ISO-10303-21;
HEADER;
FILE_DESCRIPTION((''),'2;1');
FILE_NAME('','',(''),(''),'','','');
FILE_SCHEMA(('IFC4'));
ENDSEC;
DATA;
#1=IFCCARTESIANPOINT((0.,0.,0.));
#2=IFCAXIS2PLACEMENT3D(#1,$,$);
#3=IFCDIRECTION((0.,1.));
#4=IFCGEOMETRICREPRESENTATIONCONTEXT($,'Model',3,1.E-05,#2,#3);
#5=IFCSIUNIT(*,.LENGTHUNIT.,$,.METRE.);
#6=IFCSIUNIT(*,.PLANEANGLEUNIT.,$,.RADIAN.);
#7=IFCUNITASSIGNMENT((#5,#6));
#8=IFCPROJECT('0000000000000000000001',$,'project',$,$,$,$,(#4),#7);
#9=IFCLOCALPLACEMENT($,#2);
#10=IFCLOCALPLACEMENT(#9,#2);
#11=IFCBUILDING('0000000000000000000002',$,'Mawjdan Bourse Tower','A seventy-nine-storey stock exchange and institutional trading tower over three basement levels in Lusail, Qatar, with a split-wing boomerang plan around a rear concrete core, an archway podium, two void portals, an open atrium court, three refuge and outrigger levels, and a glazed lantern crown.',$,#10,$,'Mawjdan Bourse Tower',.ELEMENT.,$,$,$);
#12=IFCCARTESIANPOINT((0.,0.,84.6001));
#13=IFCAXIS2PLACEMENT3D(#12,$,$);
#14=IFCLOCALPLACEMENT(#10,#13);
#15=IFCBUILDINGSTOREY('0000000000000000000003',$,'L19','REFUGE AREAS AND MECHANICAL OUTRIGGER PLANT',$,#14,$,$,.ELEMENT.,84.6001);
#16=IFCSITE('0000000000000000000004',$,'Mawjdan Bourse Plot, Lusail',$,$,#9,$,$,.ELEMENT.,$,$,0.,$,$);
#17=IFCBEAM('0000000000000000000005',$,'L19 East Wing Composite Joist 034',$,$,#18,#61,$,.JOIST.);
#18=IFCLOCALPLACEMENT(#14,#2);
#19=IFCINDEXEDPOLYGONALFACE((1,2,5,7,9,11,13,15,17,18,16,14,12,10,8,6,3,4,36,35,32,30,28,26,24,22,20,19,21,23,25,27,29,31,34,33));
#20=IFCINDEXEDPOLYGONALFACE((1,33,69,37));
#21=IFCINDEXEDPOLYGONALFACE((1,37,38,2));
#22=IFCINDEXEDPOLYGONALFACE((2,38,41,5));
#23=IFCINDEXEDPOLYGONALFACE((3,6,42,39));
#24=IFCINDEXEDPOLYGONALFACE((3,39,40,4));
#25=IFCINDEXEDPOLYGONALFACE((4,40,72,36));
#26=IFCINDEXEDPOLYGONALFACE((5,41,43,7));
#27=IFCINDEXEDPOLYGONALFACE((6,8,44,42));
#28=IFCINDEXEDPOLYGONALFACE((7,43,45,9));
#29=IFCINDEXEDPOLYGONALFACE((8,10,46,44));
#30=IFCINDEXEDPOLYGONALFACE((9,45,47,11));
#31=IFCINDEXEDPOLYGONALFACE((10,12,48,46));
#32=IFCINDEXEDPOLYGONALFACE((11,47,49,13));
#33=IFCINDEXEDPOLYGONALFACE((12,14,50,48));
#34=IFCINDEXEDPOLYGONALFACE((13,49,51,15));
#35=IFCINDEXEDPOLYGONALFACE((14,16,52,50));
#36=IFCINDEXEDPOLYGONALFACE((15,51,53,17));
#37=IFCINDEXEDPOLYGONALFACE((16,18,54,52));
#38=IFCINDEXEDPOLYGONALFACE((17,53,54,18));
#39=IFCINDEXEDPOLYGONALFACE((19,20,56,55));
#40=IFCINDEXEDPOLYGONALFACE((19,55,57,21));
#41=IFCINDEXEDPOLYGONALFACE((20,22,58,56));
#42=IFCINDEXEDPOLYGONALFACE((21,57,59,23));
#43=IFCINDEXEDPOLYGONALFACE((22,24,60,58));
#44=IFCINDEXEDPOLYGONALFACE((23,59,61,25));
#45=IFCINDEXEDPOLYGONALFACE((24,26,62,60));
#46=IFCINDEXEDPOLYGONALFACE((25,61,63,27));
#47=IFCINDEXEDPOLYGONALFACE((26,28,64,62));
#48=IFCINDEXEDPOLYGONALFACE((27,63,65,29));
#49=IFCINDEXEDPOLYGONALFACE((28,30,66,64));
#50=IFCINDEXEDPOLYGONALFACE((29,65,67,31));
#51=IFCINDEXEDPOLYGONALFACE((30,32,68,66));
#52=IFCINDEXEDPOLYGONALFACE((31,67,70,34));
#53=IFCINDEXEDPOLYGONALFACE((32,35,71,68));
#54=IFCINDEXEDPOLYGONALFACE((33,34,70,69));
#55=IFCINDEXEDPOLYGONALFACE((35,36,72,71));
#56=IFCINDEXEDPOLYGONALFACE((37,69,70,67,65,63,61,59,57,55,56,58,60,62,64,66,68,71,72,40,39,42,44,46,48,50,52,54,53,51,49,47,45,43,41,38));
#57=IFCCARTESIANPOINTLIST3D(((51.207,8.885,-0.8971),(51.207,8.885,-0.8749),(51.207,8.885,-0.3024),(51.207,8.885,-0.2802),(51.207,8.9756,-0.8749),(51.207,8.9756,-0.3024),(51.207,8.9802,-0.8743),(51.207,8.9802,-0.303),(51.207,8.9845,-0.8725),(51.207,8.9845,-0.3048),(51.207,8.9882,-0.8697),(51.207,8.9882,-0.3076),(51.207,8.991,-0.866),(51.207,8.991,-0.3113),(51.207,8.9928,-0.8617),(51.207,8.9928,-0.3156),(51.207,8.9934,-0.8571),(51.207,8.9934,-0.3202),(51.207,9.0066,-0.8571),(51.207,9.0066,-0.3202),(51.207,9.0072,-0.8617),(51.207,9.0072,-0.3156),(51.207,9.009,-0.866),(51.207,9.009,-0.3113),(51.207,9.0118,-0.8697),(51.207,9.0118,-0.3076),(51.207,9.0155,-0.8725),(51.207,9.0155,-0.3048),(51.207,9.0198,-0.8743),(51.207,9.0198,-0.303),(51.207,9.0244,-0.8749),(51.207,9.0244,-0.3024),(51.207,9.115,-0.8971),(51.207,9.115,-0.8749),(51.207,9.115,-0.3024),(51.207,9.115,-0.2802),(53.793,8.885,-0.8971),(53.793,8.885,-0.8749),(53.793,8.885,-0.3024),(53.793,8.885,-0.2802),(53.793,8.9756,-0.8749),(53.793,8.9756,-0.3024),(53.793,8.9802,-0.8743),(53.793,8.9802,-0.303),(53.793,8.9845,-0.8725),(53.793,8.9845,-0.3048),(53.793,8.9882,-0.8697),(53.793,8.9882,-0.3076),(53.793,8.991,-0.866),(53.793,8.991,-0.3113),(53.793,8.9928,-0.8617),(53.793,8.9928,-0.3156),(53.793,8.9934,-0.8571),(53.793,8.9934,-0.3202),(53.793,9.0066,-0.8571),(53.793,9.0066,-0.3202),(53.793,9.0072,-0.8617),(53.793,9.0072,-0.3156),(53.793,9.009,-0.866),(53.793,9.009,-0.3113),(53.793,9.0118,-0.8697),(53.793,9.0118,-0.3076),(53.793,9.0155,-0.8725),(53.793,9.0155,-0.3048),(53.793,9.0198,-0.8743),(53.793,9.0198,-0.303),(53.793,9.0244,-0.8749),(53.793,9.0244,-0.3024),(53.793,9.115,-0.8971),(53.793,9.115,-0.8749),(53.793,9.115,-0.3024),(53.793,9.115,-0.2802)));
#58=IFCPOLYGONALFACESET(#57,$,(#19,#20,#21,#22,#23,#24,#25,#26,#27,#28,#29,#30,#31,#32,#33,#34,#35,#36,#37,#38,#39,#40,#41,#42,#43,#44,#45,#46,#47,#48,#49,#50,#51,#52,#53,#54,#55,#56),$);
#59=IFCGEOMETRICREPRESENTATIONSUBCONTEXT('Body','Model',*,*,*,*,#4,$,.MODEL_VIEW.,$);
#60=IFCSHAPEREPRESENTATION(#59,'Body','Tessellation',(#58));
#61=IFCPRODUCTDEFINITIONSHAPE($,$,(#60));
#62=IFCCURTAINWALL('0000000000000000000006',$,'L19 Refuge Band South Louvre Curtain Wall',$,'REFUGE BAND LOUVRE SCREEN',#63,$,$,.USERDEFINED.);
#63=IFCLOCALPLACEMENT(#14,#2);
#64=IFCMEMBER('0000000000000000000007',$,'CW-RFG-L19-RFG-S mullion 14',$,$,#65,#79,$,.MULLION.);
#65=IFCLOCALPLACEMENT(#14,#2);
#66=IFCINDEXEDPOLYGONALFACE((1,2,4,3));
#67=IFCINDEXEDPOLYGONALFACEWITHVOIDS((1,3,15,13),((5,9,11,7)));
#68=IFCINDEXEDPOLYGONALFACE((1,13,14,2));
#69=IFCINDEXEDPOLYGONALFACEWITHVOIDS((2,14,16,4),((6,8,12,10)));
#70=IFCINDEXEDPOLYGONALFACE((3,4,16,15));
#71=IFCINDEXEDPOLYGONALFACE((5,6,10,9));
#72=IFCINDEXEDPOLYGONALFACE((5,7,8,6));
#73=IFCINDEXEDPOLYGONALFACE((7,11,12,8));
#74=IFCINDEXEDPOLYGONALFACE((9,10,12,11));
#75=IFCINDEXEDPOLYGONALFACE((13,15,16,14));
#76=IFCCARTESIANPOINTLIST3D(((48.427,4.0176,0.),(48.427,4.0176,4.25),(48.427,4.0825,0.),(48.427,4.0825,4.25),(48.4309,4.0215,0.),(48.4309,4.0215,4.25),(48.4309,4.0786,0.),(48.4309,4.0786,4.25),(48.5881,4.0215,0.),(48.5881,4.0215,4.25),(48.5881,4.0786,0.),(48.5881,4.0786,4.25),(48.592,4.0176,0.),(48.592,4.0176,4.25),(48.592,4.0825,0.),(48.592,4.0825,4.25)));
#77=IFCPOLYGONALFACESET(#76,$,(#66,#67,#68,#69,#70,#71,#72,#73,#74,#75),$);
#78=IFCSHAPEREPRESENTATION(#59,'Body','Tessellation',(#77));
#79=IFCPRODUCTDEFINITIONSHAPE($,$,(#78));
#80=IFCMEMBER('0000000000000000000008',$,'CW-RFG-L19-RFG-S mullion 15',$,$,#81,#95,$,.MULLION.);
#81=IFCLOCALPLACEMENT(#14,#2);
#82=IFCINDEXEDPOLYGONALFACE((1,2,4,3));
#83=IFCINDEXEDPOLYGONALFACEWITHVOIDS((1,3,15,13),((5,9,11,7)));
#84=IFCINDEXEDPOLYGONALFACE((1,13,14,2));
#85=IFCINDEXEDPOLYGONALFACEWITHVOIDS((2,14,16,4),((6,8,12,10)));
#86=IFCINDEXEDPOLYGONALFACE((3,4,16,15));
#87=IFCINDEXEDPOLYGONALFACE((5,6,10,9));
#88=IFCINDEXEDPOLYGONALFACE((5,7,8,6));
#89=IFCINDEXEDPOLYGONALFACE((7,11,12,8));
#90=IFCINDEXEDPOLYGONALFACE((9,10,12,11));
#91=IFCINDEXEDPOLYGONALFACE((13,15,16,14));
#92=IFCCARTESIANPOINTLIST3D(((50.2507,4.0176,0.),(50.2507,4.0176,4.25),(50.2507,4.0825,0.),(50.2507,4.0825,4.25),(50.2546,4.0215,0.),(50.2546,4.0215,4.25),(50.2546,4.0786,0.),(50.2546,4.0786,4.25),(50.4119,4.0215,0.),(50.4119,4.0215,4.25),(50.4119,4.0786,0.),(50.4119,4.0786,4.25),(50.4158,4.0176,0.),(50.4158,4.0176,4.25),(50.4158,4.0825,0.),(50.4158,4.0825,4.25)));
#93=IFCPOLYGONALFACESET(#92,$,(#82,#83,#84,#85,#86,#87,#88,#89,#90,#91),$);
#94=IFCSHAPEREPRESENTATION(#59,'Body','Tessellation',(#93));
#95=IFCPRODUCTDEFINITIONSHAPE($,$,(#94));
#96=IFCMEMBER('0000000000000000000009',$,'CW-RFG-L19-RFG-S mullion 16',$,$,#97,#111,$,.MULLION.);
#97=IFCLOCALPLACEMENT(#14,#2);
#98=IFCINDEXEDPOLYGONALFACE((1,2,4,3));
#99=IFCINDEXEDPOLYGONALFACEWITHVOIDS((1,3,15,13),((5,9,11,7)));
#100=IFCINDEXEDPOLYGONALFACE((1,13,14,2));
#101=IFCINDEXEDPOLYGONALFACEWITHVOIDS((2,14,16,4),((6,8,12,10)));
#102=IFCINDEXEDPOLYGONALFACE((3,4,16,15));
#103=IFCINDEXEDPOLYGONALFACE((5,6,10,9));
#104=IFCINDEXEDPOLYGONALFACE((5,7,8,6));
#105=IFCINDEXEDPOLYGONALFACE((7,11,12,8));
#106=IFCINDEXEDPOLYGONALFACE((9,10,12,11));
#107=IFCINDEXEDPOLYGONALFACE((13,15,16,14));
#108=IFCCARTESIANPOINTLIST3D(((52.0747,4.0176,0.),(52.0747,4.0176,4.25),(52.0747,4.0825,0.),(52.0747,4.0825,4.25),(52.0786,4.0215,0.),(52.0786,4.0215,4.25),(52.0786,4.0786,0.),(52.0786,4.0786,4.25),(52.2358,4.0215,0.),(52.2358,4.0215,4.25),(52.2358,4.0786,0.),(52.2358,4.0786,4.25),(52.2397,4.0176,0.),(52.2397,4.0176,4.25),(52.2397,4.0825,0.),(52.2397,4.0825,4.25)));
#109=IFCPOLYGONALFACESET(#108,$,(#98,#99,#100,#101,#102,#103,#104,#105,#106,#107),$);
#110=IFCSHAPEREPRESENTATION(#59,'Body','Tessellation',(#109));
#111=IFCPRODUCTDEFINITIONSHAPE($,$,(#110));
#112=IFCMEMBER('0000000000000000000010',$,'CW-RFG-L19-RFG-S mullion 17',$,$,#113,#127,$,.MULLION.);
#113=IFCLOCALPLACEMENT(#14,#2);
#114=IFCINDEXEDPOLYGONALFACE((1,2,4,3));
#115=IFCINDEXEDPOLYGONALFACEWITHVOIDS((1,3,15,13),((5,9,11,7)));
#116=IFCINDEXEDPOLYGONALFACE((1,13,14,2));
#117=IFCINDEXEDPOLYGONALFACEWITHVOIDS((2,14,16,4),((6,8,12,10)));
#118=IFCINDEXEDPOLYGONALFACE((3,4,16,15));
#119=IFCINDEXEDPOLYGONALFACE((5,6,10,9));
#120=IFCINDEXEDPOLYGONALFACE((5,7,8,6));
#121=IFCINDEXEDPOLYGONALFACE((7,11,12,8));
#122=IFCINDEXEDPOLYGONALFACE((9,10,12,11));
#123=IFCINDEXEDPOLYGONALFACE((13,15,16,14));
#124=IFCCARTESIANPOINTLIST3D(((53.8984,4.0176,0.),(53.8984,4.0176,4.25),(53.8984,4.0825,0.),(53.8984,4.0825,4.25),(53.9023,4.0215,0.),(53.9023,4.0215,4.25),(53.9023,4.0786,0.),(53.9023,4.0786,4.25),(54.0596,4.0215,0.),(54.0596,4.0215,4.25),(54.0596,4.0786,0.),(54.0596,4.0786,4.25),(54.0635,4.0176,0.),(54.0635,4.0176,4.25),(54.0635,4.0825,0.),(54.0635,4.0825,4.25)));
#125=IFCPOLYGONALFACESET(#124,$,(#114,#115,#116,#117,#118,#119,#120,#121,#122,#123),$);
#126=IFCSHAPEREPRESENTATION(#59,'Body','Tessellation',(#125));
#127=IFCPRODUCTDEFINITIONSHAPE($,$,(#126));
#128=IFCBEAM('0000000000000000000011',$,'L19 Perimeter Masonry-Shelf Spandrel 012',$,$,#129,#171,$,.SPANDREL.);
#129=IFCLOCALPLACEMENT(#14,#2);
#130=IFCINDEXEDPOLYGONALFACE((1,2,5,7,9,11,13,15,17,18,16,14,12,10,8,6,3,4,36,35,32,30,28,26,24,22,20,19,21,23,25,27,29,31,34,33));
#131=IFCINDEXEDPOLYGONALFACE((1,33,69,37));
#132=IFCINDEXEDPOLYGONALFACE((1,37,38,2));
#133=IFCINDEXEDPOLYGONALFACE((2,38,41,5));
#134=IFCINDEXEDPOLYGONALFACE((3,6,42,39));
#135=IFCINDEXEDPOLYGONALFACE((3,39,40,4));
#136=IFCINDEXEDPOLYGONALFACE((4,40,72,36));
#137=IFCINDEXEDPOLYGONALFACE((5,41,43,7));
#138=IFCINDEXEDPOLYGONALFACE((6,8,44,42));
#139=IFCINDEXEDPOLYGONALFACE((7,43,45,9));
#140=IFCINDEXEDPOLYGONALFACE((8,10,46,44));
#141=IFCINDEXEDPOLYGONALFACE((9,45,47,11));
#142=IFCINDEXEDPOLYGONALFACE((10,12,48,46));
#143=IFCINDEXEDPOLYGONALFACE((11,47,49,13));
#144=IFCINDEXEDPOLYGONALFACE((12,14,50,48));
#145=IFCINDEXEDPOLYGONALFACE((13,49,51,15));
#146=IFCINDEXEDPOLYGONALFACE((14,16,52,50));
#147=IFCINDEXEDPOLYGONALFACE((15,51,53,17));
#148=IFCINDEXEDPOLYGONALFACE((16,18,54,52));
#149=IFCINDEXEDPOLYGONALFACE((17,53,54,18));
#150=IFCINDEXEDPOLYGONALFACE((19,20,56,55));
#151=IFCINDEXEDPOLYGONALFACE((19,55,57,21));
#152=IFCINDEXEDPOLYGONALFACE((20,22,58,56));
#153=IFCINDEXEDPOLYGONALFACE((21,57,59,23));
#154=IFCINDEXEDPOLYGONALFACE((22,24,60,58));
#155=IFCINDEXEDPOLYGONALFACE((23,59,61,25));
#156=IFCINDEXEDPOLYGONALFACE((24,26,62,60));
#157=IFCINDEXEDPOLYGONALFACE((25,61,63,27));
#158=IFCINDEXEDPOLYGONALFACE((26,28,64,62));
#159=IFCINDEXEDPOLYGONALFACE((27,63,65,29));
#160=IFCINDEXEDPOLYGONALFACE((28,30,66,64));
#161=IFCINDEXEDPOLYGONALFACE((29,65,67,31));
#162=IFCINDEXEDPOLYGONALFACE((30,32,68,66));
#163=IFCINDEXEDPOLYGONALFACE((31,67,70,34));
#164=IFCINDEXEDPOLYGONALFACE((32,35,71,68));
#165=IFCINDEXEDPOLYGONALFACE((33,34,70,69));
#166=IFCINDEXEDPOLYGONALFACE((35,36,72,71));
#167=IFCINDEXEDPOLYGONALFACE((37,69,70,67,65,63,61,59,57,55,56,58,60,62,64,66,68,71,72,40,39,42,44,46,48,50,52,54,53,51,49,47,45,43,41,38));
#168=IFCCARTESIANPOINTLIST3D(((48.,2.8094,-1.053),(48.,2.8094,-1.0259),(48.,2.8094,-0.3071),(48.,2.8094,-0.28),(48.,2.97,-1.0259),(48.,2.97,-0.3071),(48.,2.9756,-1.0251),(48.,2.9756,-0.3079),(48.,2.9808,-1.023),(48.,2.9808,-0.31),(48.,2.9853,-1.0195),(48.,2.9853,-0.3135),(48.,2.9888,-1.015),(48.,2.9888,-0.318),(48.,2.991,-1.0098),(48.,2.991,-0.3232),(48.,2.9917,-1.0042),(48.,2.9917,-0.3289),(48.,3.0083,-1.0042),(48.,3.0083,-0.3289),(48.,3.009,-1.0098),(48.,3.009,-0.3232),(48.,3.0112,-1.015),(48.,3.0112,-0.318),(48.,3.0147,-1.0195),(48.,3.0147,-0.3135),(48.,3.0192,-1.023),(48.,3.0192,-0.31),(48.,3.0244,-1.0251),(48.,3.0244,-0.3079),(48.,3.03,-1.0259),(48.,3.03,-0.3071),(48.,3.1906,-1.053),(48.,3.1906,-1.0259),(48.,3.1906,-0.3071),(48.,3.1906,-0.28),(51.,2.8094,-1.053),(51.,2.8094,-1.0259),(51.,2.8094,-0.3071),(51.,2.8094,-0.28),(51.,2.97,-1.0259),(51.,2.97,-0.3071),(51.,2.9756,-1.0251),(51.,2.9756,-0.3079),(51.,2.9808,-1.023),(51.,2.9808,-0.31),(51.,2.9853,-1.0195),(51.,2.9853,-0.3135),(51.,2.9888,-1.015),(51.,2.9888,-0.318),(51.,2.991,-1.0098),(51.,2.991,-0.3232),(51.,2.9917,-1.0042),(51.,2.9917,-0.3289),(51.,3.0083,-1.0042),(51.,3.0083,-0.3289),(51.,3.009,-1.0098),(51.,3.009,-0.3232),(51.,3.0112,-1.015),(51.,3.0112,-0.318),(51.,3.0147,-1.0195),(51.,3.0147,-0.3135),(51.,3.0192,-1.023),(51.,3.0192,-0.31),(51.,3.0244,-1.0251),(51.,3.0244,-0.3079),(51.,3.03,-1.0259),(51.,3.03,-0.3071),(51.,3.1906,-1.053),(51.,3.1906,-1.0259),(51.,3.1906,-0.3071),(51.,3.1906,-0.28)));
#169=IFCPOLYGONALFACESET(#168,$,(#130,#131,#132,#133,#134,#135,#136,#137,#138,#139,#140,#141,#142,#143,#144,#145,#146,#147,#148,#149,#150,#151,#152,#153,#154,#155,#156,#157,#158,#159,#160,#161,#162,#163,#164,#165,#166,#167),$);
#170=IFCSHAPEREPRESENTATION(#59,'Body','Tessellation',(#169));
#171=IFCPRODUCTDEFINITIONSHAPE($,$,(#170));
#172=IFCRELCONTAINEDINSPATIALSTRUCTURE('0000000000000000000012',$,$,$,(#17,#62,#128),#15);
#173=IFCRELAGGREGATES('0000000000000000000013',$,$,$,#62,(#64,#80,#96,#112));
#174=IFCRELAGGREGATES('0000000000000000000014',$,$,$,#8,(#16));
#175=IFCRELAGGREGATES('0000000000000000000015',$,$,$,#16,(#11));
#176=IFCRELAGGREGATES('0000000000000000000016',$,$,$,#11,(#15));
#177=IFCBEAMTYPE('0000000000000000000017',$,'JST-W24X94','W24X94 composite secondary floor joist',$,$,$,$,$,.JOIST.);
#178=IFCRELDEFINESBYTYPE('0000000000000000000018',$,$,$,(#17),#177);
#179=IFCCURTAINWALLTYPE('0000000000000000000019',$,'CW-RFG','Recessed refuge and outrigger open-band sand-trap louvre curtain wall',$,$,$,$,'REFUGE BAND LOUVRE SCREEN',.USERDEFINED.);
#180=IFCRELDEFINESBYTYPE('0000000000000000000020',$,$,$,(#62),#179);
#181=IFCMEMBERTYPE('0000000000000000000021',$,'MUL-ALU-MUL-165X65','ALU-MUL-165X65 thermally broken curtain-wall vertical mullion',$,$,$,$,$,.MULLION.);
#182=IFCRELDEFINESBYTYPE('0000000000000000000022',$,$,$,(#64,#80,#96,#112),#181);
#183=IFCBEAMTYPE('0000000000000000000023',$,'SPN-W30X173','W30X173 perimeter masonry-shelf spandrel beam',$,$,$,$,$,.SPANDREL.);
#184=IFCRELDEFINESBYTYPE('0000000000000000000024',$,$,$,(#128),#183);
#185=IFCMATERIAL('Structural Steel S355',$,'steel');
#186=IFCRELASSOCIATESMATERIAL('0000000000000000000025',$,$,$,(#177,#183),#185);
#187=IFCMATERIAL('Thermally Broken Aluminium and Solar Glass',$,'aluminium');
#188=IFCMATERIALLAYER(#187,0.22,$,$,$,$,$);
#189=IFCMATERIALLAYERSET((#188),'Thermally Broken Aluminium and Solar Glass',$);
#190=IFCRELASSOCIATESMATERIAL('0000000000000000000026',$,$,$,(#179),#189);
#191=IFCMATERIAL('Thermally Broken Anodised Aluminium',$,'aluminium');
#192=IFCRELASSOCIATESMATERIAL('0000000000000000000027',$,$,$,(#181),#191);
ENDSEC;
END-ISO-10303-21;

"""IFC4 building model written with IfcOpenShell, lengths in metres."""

from ifc_helpers import new_model, si_unit, direction, frame, origin, origin_2d, place, context, subcontext, project, spatial, hollow_rectangle, i_section, extrude, material, layer, layer_set, material_profile, profile_set, type_object, element, aggregate, save


model = new_model("IFC4")

# Units and contexts
model_context = context("Model", 3, precision=1e-05, world=origin(), true_north=direction((0.0, 1.0)))
body_context = subcontext(model_context, "Body", "Model", "MODEL_VIEW")
ifc_project = project(units=[si_unit("LENGTHUNIT", "METRE"), si_unit("PLANEANGLEUNIT", "RADIAN")], contexts=[model_context])

# Site, building, storey
site_placement = place(None, origin())
site = spatial("IfcSite", under=ifc_project, at=site_placement, Name="Mawjdan Bourse Plot, Lusail", CompositionType="ELEMENT", RefElevation=0.0)
building_placement = place(site_placement, origin())
building = spatial("IfcBuilding", under=site, at=building_placement, Name="Mawjdan Bourse Tower", Description="A seventy-nine-storey stock exchange and institutional trading tower over three basement levels in Lusail, Qatar, with a split-wing boomerang plan around a rear concrete core, an archway podium, two void portals, an open atrium court, three refuge and outrigger levels, and a glazed lantern crown.", LongName="Mawjdan Bourse Tower", CompositionType="ELEMENT")
storey_placement = place(building_placement, frame((0.0, 0.0, 84.6001)))
storey = spatial("IfcBuildingStorey", under=building, at=storey_placement, Name="L19", Description="REFUGE AREAS AND MECHANICAL OUTRIGGER PLANT", CompositionType="ELEMENT", Elevation=84.6001)

# Beam
ifc_material_1 = material(Name="Structural Steel S355", Category="steel")
ifc_material_profile_1 = material_profile(ifc_material_1, i_section(OverallWidth=0.23, OverallDepth=0.6169, WebThickness=0.0132, FlangeThickness=0.0222, FilletRadius=0.0178, at=origin_2d()), Name="W24X94")
ifc_profile_set_1 = profile_set([ifc_material_profile_1], Name="Structural Steel S355")
beam_type_1 = type_object("IfcBeamType", Name="JST-W24X94", Description="W24X94 composite secondary floor joist", PredefinedType="JOIST", material=ifc_profile_set_1)
for number, where, z_axis, x_axis, name in (
    (1, (51.207, 9.0, -0.5886), (1.0, 0.0, 0.0), (0.0, 1.0, 0.0), "L19 East Wing Composite Joist 034"),
):
    element("IfcBeam", number, at=place(storey_placement, frame(where, z_axis=z_axis, x_axis=x_axis)), inside=storey, type_object=beam_type_1, Name=name, PredefinedType="JOIST", context=body_context, shape_type="SweptSolid", body=[
        extrude(i_section(OverallWidth=0.23, OverallDepth=0.6169, WebThickness=0.0132, FlangeThickness=0.0222, FilletRadius=0.0178, at=origin_2d()), origin(), (0.0, 0.0, 1.0), 2.5859),
    ])

# Curtain wall, members
ifc_material_2 = material(Name="Thermally Broken Aluminium and Solar Glass", Category="aluminium")
ifc_layer_1 = layer(ifc_material_2, 0.22)
ifc_layer_set_1 = layer_set([ifc_layer_1], Name="Thermally Broken Aluminium and Solar Glass")
curtain_wall_type = type_object("IfcCurtainWallType", Name="CW-RFG", Description="Recessed refuge and outrigger open-band sand-trap louvre curtain wall", ElementType="REFUGE BAND LOUVRE SCREEN", PredefinedType="USERDEFINED", material=ifc_layer_set_1)
curtain_wall_placement = place(storey_placement, origin())
curtain_wall = element("IfcCurtainWall", 2, at=curtain_wall_placement, inside=storey, type_object=curtain_wall_type, Name="L19 Refuge Band South Louvre Curtain Wall", ObjectType="REFUGE BAND LOUVRE SCREEN", PredefinedType="USERDEFINED")
ifc_material_3 = material(Name="Thermally Broken Anodised Aluminium", Category="aluminium")
ifc_material_profile_2 = material_profile(ifc_material_3, hollow_rectangle(XDim=0.0649, YDim=0.165, WallThickness=0.0039, at=origin_2d()), Name="ALU-MUL-165X65")
ifc_profile_set_2 = profile_set([ifc_material_profile_2], Name="Thermally Broken Anodised Aluminium")
member_type_1 = type_object("IfcMemberType", Name="MUL-ALU-MUL-165X65", Description="ALU-MUL-165X65 thermally broken curtain-wall vertical mullion", PredefinedType="MULLION", material=ifc_profile_set_2)
member_1_placement = place(storey_placement, frame((48.5095, 4.05, 0.0), z_axis=(0.0, 0.0, 1.0), x_axis=(0.0, 1.0, 0.0)))
member_1 = element("IfcMember", 3, at=member_1_placement, type_object=member_type_1, Name="CW-RFG-L19-RFG-S mullion 14", PredefinedType="MULLION", context=body_context, shape_type="SweptSolid", body=[
    extrude(hollow_rectangle(XDim=0.0649, YDim=0.165, WallThickness=0.0039, at=origin_2d()), origin(), (0.0, 0.0, 1.0), 4.25),
])
member_2_placement = place(storey_placement, frame((50.3333, 4.05, 0.0), z_axis=(0.0, 0.0, 1.0), x_axis=(0.0, 1.0, 0.0)))
member_2 = element("IfcMember", 4, at=member_2_placement, type_object=member_type_1, Name="CW-RFG-L19-RFG-S mullion 15", PredefinedType="MULLION", context=body_context, shape_type="SweptSolid", body=[
    extrude(hollow_rectangle(XDim=0.0649, YDim=0.165, WallThickness=0.0039, at=origin_2d()), origin(), (0.0, 0.0, 1.0), 4.25),
])
member_3_placement = place(storey_placement, frame((52.1572, 4.05, 0.0), z_axis=(0.0, 0.0, 1.0), x_axis=(0.0, 1.0, 0.0)))
member_3 = element("IfcMember", 5, at=member_3_placement, type_object=member_type_1, Name="CW-RFG-L19-RFG-S mullion 16", PredefinedType="MULLION", context=body_context, shape_type="SweptSolid", body=[
    extrude(hollow_rectangle(XDim=0.0649, YDim=0.165, WallThickness=0.0039, at=origin_2d()), origin(), (0.0, 0.0, 1.0), 4.25),
])
member_4_placement = place(storey_placement, frame((53.981, 4.05, 0.0), z_axis=(0.0, 0.0, 1.0), x_axis=(0.0, 1.0, 0.0)))
member_4 = element("IfcMember", 6, at=member_4_placement, type_object=member_type_1, Name="CW-RFG-L19-RFG-S mullion 17", PredefinedType="MULLION", context=body_context, shape_type="SweptSolid", body=[
    extrude(hollow_rectangle(XDim=0.0649, YDim=0.165, WallThickness=0.0039, at=origin_2d()), origin(), (0.0, 0.0, 1.0), 4.25),
])

# Beam
ifc_material_profile_3 = material_profile(ifc_material_1, i_section(OverallWidth=0.3811, OverallDepth=0.7729, WebThickness=0.0166, FlangeThickness=0.0271, FilletRadius=0.0217, at=origin_2d()), Name="W30X173")
ifc_profile_set_3 = profile_set([ifc_material_profile_3], Name="Structural Steel S355")
beam_type_2 = type_object("IfcBeamType", Name="SPN-W30X173", Description="W30X173 perimeter masonry-shelf spandrel beam", PredefinedType="SPANDREL", material=ifc_profile_set_3)
for number, where, z_axis, x_axis, name in (
    (7, (48.0, 3.0, -0.6665), (1.0, 0.0, 0.0), (0.0, 1.0, 0.0), "L19 Perimeter Masonry-Shelf Spandrel 012"),
):
    element("IfcBeam", number, at=place(storey_placement, frame(where, z_axis=z_axis, x_axis=x_axis)), inside=storey, type_object=beam_type_2, Name=name, PredefinedType="SPANDREL", context=body_context, shape_type="SweptSolid", body=[
        extrude(i_section(OverallWidth=0.3811, OverallDepth=0.7729, WebThickness=0.0166, FlangeThickness=0.0271, FilletRadius=0.0217, at=origin_2d()), origin(), (0.0, 0.0, 1.0), 3.0),
    ])

aggregate(curtain_wall, [member_1, member_2, member_3, member_4])

save(model, "model.ifc")
